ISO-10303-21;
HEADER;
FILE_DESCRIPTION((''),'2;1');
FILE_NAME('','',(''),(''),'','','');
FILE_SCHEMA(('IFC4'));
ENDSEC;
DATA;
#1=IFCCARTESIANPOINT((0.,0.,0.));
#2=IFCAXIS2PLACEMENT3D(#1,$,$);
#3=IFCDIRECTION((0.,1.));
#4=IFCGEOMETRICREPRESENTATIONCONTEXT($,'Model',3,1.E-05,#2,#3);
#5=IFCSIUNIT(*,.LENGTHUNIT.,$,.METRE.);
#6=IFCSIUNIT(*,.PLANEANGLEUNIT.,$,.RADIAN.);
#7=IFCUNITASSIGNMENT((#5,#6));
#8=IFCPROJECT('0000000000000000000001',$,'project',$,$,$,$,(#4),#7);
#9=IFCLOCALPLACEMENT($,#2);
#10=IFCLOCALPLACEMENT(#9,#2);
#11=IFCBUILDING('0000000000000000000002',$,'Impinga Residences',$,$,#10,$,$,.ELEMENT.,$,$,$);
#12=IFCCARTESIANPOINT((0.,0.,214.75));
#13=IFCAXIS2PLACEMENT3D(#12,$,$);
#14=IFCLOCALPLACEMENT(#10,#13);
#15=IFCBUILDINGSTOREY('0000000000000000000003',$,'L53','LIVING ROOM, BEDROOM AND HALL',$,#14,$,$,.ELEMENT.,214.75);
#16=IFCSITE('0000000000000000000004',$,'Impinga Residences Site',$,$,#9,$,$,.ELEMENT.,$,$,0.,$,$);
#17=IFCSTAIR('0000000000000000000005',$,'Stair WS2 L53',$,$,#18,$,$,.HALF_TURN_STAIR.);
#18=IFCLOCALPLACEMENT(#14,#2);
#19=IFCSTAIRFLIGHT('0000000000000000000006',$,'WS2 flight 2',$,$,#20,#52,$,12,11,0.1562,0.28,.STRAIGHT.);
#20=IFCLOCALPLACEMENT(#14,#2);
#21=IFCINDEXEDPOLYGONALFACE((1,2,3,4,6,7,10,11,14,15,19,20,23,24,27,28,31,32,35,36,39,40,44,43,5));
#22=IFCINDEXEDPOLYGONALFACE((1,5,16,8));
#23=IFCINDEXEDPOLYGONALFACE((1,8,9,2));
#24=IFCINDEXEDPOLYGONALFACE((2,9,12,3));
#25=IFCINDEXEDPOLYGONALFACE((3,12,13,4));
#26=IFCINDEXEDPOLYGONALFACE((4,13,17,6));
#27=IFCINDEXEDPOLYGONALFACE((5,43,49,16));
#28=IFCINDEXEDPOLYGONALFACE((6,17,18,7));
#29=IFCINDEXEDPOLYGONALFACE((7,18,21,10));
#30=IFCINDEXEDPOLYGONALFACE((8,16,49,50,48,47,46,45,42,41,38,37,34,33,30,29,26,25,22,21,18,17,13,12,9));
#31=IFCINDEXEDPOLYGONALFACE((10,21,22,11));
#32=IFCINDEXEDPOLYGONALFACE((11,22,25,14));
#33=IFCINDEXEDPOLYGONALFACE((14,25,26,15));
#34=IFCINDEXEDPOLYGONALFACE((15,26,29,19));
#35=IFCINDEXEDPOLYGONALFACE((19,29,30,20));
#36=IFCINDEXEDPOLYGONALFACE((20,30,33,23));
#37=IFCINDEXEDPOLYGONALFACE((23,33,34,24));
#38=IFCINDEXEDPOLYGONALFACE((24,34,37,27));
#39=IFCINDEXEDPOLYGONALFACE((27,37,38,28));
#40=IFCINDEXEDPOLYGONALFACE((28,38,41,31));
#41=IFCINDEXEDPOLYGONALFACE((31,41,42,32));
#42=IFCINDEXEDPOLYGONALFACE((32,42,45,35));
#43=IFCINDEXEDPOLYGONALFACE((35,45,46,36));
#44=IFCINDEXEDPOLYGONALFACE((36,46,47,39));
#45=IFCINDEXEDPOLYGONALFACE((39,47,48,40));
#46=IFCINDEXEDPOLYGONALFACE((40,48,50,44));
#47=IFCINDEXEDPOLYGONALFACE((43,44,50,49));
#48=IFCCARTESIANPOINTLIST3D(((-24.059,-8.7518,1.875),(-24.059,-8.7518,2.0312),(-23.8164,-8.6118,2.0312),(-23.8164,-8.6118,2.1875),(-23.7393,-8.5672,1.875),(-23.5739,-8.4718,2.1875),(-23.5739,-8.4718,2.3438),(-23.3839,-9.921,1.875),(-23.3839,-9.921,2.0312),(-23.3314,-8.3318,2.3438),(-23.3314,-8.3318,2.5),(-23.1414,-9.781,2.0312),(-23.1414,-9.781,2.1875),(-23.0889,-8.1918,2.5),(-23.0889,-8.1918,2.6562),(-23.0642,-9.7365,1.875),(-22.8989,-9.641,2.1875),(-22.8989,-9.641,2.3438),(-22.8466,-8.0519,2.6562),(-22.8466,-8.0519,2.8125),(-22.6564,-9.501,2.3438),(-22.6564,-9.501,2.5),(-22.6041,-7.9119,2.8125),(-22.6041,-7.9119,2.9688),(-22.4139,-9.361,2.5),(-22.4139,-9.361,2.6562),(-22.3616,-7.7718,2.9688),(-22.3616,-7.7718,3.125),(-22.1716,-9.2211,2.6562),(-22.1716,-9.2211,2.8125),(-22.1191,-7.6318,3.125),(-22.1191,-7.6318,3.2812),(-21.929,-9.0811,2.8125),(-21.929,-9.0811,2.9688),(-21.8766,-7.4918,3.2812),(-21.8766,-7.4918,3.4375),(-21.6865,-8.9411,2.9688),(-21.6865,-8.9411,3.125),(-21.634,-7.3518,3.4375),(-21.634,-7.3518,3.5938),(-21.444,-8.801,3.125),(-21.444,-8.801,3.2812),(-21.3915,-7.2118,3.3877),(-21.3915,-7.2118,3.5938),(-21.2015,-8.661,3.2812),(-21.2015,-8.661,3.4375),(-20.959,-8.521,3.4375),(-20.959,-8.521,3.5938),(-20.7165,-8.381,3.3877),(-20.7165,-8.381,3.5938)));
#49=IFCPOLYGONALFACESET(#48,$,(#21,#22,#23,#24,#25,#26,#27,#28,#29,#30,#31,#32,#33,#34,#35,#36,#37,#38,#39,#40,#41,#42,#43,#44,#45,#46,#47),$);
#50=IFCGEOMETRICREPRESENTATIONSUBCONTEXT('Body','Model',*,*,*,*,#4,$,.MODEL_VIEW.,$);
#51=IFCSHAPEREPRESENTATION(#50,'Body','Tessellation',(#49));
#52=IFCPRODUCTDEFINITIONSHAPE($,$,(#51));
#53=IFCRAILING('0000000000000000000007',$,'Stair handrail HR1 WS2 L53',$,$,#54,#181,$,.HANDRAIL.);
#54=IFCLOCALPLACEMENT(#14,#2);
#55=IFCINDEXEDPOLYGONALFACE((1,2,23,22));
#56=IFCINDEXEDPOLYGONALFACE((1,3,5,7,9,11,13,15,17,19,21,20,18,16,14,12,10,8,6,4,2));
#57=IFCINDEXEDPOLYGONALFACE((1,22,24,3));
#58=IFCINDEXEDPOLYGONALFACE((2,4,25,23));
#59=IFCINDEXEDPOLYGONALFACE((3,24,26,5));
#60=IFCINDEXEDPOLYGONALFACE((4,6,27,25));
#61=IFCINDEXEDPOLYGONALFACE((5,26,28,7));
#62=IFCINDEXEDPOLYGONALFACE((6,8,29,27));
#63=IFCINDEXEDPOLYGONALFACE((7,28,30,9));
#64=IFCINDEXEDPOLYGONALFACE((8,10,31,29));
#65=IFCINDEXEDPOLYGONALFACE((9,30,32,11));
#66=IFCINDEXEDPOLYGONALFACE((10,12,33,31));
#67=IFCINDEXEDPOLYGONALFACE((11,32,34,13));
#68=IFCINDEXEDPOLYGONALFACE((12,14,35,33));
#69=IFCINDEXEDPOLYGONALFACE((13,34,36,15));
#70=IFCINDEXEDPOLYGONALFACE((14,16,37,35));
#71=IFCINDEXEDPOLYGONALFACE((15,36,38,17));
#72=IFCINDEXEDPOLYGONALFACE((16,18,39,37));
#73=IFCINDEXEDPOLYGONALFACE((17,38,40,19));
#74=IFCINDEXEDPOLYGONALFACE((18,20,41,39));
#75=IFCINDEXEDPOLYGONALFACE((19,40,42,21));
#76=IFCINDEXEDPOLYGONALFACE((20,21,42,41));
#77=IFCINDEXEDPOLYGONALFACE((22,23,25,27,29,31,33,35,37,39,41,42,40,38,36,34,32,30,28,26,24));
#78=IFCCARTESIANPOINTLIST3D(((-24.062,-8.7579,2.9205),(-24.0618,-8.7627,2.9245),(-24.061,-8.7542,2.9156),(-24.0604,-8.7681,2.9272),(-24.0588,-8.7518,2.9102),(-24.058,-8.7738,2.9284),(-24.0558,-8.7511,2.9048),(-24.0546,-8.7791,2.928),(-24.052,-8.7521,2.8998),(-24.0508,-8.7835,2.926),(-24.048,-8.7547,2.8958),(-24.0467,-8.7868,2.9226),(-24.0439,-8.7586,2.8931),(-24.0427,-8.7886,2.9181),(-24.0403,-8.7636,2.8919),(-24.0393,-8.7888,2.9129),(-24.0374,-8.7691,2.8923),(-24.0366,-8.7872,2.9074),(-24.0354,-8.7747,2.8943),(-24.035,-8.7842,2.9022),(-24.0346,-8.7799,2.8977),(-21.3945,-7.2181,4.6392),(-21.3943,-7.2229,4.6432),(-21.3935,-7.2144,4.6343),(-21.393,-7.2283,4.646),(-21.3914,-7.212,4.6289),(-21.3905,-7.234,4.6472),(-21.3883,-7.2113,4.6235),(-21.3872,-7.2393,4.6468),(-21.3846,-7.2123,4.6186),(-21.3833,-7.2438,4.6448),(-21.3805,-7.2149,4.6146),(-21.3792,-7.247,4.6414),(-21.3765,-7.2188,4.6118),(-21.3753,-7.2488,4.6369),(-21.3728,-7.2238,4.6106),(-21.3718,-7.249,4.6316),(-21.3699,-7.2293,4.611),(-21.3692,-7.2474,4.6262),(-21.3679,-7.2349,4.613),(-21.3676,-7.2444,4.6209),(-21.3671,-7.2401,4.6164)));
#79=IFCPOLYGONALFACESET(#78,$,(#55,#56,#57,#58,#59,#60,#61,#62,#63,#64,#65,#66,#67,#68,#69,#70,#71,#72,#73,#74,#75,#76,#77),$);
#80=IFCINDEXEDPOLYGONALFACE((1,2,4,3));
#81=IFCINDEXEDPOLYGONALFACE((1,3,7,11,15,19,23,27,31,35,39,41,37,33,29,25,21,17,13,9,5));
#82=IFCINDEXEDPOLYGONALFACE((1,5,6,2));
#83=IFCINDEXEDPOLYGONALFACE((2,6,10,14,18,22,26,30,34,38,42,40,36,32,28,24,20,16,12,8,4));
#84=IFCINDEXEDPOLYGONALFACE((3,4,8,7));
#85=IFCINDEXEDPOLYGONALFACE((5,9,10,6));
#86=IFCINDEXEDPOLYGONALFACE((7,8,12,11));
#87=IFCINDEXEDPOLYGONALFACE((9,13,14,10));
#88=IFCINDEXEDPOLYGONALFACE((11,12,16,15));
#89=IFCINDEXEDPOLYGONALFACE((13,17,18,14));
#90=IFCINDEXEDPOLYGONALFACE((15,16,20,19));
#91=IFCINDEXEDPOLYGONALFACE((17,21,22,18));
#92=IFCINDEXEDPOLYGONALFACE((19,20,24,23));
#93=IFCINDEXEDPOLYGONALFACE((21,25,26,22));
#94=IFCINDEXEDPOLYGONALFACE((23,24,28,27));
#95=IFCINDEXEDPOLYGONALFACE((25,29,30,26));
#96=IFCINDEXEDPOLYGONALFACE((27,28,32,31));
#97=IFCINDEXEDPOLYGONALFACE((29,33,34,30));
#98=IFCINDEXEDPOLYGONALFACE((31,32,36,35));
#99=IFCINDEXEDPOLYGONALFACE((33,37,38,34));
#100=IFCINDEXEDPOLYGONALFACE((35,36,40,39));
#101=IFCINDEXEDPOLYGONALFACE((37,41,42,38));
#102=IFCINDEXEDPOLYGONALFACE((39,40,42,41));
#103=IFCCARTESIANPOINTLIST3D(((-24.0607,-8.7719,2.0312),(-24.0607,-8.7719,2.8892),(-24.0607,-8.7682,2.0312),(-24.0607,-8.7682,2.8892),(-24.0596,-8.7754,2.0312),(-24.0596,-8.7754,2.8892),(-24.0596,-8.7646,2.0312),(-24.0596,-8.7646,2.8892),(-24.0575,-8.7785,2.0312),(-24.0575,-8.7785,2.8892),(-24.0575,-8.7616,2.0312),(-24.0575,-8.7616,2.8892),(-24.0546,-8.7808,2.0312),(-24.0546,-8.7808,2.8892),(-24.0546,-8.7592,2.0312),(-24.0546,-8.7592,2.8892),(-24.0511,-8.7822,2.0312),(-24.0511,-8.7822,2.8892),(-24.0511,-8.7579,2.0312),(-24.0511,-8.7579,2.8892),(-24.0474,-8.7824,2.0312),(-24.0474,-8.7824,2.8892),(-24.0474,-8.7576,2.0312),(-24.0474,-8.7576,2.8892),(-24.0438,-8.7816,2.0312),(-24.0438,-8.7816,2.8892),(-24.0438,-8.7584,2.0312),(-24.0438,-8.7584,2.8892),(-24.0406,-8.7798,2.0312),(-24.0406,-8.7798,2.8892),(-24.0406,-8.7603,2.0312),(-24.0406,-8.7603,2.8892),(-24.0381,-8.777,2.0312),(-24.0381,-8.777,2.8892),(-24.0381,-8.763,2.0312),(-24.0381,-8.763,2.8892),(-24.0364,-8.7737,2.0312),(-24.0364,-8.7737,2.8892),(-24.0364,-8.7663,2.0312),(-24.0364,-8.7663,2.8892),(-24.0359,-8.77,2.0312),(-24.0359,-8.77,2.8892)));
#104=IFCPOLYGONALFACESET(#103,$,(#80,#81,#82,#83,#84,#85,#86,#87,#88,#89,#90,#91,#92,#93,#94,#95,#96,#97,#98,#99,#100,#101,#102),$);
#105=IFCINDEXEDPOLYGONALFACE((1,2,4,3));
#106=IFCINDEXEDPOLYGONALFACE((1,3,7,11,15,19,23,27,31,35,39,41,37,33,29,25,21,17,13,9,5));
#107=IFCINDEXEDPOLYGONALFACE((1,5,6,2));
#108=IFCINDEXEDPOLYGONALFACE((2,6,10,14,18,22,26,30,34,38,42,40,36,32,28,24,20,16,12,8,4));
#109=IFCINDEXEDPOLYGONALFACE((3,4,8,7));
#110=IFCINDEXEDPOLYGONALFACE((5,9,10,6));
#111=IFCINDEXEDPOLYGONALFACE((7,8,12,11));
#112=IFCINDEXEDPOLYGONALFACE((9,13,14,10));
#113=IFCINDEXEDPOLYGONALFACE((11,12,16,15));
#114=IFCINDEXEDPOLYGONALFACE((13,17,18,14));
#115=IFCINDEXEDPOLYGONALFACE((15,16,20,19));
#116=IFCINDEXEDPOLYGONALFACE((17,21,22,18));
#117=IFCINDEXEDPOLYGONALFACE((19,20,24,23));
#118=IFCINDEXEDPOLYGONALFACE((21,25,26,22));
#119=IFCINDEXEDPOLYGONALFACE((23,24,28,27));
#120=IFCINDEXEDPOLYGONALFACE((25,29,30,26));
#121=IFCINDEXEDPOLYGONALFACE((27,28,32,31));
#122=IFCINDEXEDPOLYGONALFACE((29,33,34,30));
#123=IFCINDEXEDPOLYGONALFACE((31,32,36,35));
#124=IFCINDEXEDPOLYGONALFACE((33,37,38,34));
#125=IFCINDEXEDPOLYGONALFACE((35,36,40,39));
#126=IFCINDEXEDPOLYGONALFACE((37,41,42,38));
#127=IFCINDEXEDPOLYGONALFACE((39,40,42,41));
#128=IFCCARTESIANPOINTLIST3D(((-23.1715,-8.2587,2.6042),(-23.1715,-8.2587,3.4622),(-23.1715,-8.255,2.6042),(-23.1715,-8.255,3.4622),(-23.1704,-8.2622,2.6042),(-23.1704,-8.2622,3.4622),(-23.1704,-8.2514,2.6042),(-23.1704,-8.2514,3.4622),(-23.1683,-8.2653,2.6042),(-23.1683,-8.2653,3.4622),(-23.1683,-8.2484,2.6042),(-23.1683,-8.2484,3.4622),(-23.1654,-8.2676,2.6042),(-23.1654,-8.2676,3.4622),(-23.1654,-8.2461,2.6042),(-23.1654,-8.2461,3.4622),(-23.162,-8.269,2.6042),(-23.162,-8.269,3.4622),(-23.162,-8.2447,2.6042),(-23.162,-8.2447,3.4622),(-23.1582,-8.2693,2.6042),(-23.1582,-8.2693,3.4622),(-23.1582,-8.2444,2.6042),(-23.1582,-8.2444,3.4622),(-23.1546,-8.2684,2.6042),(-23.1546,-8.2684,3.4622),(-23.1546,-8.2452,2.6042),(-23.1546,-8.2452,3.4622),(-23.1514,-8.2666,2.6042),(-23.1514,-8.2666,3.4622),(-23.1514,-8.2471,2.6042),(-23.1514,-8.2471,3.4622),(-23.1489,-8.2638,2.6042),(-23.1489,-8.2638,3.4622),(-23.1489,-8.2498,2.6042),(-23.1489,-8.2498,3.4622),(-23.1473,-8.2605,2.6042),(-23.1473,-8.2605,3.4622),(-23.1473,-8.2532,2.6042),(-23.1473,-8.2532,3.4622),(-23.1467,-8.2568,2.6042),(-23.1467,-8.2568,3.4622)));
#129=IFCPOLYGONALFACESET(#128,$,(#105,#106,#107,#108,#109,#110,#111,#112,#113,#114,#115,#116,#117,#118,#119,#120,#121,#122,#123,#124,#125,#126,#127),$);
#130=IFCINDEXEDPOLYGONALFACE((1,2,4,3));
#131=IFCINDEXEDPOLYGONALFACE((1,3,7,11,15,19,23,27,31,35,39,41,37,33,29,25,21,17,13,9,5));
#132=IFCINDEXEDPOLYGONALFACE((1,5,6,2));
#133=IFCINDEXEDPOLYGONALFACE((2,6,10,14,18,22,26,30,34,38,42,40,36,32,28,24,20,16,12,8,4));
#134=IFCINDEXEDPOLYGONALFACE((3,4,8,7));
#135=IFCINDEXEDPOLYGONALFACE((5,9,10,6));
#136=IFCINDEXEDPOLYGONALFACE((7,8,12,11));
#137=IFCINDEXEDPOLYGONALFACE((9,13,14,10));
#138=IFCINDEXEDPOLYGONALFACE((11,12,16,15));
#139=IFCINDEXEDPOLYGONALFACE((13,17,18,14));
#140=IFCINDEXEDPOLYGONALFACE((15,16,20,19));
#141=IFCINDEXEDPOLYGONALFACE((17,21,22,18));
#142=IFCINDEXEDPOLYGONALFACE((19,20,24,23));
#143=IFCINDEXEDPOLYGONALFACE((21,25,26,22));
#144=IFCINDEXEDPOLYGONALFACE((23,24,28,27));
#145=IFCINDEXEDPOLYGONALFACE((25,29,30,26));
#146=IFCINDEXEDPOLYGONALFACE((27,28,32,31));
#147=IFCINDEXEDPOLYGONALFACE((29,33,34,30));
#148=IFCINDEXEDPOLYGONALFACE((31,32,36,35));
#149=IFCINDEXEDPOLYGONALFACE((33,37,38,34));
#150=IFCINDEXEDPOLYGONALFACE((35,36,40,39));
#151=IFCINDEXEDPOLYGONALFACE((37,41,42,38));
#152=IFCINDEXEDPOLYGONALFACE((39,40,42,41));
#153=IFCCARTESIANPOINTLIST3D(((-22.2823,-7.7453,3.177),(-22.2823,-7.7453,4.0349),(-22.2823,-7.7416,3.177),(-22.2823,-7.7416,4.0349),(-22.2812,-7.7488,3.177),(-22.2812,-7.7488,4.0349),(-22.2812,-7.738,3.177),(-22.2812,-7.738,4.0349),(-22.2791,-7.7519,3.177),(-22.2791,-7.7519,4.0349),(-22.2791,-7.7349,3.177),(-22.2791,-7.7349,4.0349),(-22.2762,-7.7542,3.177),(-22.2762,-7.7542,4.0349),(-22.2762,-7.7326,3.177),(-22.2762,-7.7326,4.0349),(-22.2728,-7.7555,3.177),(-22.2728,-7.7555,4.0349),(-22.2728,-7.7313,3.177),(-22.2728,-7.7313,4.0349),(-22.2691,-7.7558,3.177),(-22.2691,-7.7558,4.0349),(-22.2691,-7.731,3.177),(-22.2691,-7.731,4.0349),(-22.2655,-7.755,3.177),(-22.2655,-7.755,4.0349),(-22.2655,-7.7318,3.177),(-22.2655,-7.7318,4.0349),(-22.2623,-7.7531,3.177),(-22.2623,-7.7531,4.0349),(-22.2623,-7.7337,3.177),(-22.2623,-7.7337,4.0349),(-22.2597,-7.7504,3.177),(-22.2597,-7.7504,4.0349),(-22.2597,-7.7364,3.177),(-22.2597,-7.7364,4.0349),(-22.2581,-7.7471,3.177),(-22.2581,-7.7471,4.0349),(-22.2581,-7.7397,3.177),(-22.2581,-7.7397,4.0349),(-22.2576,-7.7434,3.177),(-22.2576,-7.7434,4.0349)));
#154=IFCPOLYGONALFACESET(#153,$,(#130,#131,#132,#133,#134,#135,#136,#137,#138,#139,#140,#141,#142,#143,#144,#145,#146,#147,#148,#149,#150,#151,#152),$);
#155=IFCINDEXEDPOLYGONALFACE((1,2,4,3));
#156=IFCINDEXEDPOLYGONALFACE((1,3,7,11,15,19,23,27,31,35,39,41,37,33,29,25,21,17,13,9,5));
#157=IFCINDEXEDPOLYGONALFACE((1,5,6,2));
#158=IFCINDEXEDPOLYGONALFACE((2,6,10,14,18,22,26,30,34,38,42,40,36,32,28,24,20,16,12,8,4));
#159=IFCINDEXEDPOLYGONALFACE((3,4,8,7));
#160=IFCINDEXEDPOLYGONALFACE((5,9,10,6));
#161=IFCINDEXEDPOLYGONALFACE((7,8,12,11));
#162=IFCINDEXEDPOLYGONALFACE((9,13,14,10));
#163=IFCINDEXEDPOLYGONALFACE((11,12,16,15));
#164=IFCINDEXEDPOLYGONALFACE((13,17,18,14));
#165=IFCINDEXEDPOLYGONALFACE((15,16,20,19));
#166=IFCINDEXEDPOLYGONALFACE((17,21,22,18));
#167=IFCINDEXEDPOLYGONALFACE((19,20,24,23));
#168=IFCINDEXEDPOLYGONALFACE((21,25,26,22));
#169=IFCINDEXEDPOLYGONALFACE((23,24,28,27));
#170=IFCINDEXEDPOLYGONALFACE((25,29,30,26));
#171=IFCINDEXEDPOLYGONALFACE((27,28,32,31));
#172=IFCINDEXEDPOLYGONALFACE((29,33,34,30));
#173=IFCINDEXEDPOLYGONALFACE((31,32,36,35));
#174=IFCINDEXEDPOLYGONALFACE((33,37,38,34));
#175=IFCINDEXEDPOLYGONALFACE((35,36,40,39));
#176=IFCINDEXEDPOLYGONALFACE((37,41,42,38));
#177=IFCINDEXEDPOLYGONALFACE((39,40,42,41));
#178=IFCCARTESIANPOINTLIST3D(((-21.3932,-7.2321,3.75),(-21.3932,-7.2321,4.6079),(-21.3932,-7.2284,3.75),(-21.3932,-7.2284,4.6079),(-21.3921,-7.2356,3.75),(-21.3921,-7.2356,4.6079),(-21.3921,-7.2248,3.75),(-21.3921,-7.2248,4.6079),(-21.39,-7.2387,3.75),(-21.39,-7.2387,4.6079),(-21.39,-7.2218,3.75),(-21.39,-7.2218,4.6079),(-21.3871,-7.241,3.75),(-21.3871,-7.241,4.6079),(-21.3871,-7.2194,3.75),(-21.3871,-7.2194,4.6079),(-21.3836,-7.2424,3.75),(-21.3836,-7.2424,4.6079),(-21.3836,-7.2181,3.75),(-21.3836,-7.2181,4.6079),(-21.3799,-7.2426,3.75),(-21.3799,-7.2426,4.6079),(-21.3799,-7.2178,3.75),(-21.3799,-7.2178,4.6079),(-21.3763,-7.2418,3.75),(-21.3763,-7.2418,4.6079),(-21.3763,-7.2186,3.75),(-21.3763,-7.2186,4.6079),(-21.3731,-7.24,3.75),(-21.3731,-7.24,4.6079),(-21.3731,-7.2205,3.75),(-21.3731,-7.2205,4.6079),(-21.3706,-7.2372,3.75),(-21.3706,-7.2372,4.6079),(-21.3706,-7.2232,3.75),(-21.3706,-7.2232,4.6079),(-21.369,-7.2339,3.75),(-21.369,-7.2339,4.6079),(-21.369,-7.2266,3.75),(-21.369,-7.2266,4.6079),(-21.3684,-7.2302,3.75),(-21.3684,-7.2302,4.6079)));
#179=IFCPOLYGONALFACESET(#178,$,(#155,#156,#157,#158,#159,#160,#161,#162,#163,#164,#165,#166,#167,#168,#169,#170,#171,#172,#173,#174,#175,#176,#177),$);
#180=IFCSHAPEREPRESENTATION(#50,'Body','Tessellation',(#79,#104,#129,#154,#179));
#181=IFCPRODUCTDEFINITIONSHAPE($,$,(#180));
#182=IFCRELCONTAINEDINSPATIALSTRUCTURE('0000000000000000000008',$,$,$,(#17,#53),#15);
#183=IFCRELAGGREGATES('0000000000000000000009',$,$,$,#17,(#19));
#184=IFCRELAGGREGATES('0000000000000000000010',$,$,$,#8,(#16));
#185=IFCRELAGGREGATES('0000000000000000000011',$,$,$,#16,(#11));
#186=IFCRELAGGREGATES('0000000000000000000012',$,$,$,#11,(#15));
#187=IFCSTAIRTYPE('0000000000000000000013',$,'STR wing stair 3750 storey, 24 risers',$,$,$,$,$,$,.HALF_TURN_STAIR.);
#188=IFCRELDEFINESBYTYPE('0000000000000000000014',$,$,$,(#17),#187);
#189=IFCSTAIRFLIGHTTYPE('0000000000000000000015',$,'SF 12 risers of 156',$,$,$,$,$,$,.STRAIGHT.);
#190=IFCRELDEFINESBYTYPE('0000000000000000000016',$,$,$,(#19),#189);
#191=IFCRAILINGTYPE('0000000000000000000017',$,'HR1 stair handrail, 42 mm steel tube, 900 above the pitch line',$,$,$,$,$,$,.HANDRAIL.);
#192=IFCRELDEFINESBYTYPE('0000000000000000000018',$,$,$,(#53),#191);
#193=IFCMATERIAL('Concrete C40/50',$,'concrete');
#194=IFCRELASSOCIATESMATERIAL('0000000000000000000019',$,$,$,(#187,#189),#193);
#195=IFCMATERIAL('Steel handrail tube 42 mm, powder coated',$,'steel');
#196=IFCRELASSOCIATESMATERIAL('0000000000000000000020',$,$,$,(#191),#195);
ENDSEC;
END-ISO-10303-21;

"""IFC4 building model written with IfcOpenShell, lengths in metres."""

from ifc_helpers import new_model, si_unit, direction, frame, origin, origin_2d, place, context, subcontext, project, spatial, polyline, circle, outline, extrude, material, type_object, element, aggregate, save


model = new_model("IFC4")

# Units and contexts
model_context = context("Model", 3, precision=1e-05, world=origin(), true_north=direction((0.0, 1.0)))
body_context = subcontext(model_context, "Body", "Model", "MODEL_VIEW")
ifc_project = project(units=[si_unit("LENGTHUNIT", "METRE"), si_unit("PLANEANGLEUNIT", "RADIAN")], contexts=[model_context])

# Site, building, storey
site_placement = place(None, origin())
site = spatial("IfcSite", under=ifc_project, at=site_placement, Name="Impinga Residences Site", CompositionType="ELEMENT", RefElevation=0.0)
building_placement = place(site_placement, origin())
building = spatial("IfcBuilding", under=site, at=building_placement, Name="Impinga Residences", CompositionType="ELEMENT")
storey_placement = place(building_placement, frame((0.0, 0.0, 214.75)))
storey = spatial("IfcBuildingStorey", under=building, at=storey_placement, Name="L53", Description="LIVING ROOM, BEDROOM AND HALL", CompositionType="ELEMENT", Elevation=214.75)

# Stair, stair flight
ifc_material_1 = material(Name="Concrete C40/50", Category="concrete")
stair_type = type_object("IfcStairType", Name="STR wing stair 3750 storey, 24 risers", PredefinedType="HALF_TURN_STAIR", material=ifc_material_1)
stair_placement = place(storey_placement, origin())
stair = element("IfcStair", 1, at=stair_placement, inside=storey, type_object=stair_type, Name="Stair WS2 L53", PredefinedType="HALF_TURN_STAIR")
stair_flight_type = type_object("IfcStairFlightType", Name="SF 12 risers of 156", PredefinedType="STRAIGHT", material=ifc_material_1)
stair_flight_placement = place(storey_placement, frame((-23.7214, -9.3364, 1.875), z_axis=(0.0, 0.0, 1.0), x_axis=(0.866025, 0.5, 0.0)))
stair_flight = element("IfcStairFlight", 2, at=stair_flight_placement, type_object=stair_flight_type, Name="WS2 flight 2", NumberOfRisers=12, NumberOfTreads=11, PredefinedType="STRAIGHT", RiserHeight=0.1562, TreadLength=0.28, context=body_context, shape_type="SweptSolid", body=[
    extrude(outline(polyline([(0.0, 0.0), (0.0, 0.1562), (0.28, 0.1562), (0.28, 0.3125), (0.5601, 0.3125), (0.5601, 0.4688), (0.8401, 0.4688), (0.8401, 0.625), (1.1201, 0.625), (1.1201, 0.7812), (1.3999, 0.7812), (1.3999, 0.9375), (1.6799, 0.9375), (1.6799, 1.0938), (1.96, 1.0938), (1.96, 1.25), (2.24, 1.25), (2.24, 1.4062), (2.52, 1.4062), (2.52, 1.5625), (2.8, 1.5625), (2.8, 1.7188), (3.0801, 1.7188), (3.0801, 1.875), (3.0801, 1.5127), (0.3691, 0.0), (0.0, 0.0)])), frame((0.0, 0.675, 0.0), z_axis=(0.0, -1.0, 0.0), x_axis=(1.0, 0.0, 0.0)), (0.0, 0.0, 1.0), 1.3501),
])
aggregate(stair, [stair_flight])

# Railing
ifc_material_2 = material(Name="Steel handrail tube 42 mm, powder coated", Category="steel")
railing_type = type_object("IfcRailingType", Name="HR1 stair handrail, 42 mm steel tube, 900 above the pitch line", PredefinedType="HANDRAIL", material=ifc_material_2)
railing_placement = place(storey_placement, frame((-24.0483, -8.77, 2.0312)))
element("IfcRailing", 3, at=railing_placement, inside=storey, type_object=railing_type, Name="Stair handrail HR1 WS2 L53", PredefinedType="HANDRAIL", context=body_context, shape_type="SweptSolid", body=[
    extrude(circle(Radius=0.021, at=origin_2d()), frame((0.0, 0.0, 0.8789), z_axis=(0.756279, 0.43656, 0.487297), x_axis=(-0.499933, 0.866064, 0.0)), (0.0, 0.0, 1.0), 3.5271),
    extrude(circle(Radius=0.0125, at=origin_2d()), origin(), (0.0, 0.0, 1.0), 0.8579),
    extrude(circle(Radius=0.0125, at=origin_2d()), frame((0.8892, 0.5132, 0.573)), (0.0, 0.0, 1.0), 0.8579),
    extrude(circle(Radius=0.0125, at=origin_2d()), frame((1.7783, 1.0266, 1.1458)), (0.0, 0.0, 1.0), 0.8579),
    extrude(circle(Radius=0.0125, at=origin_2d()), frame((2.6675, 1.5398, 1.7188)), (0.0, 0.0, 1.0), 0.8579),
])

save(model, "model.ifc")
